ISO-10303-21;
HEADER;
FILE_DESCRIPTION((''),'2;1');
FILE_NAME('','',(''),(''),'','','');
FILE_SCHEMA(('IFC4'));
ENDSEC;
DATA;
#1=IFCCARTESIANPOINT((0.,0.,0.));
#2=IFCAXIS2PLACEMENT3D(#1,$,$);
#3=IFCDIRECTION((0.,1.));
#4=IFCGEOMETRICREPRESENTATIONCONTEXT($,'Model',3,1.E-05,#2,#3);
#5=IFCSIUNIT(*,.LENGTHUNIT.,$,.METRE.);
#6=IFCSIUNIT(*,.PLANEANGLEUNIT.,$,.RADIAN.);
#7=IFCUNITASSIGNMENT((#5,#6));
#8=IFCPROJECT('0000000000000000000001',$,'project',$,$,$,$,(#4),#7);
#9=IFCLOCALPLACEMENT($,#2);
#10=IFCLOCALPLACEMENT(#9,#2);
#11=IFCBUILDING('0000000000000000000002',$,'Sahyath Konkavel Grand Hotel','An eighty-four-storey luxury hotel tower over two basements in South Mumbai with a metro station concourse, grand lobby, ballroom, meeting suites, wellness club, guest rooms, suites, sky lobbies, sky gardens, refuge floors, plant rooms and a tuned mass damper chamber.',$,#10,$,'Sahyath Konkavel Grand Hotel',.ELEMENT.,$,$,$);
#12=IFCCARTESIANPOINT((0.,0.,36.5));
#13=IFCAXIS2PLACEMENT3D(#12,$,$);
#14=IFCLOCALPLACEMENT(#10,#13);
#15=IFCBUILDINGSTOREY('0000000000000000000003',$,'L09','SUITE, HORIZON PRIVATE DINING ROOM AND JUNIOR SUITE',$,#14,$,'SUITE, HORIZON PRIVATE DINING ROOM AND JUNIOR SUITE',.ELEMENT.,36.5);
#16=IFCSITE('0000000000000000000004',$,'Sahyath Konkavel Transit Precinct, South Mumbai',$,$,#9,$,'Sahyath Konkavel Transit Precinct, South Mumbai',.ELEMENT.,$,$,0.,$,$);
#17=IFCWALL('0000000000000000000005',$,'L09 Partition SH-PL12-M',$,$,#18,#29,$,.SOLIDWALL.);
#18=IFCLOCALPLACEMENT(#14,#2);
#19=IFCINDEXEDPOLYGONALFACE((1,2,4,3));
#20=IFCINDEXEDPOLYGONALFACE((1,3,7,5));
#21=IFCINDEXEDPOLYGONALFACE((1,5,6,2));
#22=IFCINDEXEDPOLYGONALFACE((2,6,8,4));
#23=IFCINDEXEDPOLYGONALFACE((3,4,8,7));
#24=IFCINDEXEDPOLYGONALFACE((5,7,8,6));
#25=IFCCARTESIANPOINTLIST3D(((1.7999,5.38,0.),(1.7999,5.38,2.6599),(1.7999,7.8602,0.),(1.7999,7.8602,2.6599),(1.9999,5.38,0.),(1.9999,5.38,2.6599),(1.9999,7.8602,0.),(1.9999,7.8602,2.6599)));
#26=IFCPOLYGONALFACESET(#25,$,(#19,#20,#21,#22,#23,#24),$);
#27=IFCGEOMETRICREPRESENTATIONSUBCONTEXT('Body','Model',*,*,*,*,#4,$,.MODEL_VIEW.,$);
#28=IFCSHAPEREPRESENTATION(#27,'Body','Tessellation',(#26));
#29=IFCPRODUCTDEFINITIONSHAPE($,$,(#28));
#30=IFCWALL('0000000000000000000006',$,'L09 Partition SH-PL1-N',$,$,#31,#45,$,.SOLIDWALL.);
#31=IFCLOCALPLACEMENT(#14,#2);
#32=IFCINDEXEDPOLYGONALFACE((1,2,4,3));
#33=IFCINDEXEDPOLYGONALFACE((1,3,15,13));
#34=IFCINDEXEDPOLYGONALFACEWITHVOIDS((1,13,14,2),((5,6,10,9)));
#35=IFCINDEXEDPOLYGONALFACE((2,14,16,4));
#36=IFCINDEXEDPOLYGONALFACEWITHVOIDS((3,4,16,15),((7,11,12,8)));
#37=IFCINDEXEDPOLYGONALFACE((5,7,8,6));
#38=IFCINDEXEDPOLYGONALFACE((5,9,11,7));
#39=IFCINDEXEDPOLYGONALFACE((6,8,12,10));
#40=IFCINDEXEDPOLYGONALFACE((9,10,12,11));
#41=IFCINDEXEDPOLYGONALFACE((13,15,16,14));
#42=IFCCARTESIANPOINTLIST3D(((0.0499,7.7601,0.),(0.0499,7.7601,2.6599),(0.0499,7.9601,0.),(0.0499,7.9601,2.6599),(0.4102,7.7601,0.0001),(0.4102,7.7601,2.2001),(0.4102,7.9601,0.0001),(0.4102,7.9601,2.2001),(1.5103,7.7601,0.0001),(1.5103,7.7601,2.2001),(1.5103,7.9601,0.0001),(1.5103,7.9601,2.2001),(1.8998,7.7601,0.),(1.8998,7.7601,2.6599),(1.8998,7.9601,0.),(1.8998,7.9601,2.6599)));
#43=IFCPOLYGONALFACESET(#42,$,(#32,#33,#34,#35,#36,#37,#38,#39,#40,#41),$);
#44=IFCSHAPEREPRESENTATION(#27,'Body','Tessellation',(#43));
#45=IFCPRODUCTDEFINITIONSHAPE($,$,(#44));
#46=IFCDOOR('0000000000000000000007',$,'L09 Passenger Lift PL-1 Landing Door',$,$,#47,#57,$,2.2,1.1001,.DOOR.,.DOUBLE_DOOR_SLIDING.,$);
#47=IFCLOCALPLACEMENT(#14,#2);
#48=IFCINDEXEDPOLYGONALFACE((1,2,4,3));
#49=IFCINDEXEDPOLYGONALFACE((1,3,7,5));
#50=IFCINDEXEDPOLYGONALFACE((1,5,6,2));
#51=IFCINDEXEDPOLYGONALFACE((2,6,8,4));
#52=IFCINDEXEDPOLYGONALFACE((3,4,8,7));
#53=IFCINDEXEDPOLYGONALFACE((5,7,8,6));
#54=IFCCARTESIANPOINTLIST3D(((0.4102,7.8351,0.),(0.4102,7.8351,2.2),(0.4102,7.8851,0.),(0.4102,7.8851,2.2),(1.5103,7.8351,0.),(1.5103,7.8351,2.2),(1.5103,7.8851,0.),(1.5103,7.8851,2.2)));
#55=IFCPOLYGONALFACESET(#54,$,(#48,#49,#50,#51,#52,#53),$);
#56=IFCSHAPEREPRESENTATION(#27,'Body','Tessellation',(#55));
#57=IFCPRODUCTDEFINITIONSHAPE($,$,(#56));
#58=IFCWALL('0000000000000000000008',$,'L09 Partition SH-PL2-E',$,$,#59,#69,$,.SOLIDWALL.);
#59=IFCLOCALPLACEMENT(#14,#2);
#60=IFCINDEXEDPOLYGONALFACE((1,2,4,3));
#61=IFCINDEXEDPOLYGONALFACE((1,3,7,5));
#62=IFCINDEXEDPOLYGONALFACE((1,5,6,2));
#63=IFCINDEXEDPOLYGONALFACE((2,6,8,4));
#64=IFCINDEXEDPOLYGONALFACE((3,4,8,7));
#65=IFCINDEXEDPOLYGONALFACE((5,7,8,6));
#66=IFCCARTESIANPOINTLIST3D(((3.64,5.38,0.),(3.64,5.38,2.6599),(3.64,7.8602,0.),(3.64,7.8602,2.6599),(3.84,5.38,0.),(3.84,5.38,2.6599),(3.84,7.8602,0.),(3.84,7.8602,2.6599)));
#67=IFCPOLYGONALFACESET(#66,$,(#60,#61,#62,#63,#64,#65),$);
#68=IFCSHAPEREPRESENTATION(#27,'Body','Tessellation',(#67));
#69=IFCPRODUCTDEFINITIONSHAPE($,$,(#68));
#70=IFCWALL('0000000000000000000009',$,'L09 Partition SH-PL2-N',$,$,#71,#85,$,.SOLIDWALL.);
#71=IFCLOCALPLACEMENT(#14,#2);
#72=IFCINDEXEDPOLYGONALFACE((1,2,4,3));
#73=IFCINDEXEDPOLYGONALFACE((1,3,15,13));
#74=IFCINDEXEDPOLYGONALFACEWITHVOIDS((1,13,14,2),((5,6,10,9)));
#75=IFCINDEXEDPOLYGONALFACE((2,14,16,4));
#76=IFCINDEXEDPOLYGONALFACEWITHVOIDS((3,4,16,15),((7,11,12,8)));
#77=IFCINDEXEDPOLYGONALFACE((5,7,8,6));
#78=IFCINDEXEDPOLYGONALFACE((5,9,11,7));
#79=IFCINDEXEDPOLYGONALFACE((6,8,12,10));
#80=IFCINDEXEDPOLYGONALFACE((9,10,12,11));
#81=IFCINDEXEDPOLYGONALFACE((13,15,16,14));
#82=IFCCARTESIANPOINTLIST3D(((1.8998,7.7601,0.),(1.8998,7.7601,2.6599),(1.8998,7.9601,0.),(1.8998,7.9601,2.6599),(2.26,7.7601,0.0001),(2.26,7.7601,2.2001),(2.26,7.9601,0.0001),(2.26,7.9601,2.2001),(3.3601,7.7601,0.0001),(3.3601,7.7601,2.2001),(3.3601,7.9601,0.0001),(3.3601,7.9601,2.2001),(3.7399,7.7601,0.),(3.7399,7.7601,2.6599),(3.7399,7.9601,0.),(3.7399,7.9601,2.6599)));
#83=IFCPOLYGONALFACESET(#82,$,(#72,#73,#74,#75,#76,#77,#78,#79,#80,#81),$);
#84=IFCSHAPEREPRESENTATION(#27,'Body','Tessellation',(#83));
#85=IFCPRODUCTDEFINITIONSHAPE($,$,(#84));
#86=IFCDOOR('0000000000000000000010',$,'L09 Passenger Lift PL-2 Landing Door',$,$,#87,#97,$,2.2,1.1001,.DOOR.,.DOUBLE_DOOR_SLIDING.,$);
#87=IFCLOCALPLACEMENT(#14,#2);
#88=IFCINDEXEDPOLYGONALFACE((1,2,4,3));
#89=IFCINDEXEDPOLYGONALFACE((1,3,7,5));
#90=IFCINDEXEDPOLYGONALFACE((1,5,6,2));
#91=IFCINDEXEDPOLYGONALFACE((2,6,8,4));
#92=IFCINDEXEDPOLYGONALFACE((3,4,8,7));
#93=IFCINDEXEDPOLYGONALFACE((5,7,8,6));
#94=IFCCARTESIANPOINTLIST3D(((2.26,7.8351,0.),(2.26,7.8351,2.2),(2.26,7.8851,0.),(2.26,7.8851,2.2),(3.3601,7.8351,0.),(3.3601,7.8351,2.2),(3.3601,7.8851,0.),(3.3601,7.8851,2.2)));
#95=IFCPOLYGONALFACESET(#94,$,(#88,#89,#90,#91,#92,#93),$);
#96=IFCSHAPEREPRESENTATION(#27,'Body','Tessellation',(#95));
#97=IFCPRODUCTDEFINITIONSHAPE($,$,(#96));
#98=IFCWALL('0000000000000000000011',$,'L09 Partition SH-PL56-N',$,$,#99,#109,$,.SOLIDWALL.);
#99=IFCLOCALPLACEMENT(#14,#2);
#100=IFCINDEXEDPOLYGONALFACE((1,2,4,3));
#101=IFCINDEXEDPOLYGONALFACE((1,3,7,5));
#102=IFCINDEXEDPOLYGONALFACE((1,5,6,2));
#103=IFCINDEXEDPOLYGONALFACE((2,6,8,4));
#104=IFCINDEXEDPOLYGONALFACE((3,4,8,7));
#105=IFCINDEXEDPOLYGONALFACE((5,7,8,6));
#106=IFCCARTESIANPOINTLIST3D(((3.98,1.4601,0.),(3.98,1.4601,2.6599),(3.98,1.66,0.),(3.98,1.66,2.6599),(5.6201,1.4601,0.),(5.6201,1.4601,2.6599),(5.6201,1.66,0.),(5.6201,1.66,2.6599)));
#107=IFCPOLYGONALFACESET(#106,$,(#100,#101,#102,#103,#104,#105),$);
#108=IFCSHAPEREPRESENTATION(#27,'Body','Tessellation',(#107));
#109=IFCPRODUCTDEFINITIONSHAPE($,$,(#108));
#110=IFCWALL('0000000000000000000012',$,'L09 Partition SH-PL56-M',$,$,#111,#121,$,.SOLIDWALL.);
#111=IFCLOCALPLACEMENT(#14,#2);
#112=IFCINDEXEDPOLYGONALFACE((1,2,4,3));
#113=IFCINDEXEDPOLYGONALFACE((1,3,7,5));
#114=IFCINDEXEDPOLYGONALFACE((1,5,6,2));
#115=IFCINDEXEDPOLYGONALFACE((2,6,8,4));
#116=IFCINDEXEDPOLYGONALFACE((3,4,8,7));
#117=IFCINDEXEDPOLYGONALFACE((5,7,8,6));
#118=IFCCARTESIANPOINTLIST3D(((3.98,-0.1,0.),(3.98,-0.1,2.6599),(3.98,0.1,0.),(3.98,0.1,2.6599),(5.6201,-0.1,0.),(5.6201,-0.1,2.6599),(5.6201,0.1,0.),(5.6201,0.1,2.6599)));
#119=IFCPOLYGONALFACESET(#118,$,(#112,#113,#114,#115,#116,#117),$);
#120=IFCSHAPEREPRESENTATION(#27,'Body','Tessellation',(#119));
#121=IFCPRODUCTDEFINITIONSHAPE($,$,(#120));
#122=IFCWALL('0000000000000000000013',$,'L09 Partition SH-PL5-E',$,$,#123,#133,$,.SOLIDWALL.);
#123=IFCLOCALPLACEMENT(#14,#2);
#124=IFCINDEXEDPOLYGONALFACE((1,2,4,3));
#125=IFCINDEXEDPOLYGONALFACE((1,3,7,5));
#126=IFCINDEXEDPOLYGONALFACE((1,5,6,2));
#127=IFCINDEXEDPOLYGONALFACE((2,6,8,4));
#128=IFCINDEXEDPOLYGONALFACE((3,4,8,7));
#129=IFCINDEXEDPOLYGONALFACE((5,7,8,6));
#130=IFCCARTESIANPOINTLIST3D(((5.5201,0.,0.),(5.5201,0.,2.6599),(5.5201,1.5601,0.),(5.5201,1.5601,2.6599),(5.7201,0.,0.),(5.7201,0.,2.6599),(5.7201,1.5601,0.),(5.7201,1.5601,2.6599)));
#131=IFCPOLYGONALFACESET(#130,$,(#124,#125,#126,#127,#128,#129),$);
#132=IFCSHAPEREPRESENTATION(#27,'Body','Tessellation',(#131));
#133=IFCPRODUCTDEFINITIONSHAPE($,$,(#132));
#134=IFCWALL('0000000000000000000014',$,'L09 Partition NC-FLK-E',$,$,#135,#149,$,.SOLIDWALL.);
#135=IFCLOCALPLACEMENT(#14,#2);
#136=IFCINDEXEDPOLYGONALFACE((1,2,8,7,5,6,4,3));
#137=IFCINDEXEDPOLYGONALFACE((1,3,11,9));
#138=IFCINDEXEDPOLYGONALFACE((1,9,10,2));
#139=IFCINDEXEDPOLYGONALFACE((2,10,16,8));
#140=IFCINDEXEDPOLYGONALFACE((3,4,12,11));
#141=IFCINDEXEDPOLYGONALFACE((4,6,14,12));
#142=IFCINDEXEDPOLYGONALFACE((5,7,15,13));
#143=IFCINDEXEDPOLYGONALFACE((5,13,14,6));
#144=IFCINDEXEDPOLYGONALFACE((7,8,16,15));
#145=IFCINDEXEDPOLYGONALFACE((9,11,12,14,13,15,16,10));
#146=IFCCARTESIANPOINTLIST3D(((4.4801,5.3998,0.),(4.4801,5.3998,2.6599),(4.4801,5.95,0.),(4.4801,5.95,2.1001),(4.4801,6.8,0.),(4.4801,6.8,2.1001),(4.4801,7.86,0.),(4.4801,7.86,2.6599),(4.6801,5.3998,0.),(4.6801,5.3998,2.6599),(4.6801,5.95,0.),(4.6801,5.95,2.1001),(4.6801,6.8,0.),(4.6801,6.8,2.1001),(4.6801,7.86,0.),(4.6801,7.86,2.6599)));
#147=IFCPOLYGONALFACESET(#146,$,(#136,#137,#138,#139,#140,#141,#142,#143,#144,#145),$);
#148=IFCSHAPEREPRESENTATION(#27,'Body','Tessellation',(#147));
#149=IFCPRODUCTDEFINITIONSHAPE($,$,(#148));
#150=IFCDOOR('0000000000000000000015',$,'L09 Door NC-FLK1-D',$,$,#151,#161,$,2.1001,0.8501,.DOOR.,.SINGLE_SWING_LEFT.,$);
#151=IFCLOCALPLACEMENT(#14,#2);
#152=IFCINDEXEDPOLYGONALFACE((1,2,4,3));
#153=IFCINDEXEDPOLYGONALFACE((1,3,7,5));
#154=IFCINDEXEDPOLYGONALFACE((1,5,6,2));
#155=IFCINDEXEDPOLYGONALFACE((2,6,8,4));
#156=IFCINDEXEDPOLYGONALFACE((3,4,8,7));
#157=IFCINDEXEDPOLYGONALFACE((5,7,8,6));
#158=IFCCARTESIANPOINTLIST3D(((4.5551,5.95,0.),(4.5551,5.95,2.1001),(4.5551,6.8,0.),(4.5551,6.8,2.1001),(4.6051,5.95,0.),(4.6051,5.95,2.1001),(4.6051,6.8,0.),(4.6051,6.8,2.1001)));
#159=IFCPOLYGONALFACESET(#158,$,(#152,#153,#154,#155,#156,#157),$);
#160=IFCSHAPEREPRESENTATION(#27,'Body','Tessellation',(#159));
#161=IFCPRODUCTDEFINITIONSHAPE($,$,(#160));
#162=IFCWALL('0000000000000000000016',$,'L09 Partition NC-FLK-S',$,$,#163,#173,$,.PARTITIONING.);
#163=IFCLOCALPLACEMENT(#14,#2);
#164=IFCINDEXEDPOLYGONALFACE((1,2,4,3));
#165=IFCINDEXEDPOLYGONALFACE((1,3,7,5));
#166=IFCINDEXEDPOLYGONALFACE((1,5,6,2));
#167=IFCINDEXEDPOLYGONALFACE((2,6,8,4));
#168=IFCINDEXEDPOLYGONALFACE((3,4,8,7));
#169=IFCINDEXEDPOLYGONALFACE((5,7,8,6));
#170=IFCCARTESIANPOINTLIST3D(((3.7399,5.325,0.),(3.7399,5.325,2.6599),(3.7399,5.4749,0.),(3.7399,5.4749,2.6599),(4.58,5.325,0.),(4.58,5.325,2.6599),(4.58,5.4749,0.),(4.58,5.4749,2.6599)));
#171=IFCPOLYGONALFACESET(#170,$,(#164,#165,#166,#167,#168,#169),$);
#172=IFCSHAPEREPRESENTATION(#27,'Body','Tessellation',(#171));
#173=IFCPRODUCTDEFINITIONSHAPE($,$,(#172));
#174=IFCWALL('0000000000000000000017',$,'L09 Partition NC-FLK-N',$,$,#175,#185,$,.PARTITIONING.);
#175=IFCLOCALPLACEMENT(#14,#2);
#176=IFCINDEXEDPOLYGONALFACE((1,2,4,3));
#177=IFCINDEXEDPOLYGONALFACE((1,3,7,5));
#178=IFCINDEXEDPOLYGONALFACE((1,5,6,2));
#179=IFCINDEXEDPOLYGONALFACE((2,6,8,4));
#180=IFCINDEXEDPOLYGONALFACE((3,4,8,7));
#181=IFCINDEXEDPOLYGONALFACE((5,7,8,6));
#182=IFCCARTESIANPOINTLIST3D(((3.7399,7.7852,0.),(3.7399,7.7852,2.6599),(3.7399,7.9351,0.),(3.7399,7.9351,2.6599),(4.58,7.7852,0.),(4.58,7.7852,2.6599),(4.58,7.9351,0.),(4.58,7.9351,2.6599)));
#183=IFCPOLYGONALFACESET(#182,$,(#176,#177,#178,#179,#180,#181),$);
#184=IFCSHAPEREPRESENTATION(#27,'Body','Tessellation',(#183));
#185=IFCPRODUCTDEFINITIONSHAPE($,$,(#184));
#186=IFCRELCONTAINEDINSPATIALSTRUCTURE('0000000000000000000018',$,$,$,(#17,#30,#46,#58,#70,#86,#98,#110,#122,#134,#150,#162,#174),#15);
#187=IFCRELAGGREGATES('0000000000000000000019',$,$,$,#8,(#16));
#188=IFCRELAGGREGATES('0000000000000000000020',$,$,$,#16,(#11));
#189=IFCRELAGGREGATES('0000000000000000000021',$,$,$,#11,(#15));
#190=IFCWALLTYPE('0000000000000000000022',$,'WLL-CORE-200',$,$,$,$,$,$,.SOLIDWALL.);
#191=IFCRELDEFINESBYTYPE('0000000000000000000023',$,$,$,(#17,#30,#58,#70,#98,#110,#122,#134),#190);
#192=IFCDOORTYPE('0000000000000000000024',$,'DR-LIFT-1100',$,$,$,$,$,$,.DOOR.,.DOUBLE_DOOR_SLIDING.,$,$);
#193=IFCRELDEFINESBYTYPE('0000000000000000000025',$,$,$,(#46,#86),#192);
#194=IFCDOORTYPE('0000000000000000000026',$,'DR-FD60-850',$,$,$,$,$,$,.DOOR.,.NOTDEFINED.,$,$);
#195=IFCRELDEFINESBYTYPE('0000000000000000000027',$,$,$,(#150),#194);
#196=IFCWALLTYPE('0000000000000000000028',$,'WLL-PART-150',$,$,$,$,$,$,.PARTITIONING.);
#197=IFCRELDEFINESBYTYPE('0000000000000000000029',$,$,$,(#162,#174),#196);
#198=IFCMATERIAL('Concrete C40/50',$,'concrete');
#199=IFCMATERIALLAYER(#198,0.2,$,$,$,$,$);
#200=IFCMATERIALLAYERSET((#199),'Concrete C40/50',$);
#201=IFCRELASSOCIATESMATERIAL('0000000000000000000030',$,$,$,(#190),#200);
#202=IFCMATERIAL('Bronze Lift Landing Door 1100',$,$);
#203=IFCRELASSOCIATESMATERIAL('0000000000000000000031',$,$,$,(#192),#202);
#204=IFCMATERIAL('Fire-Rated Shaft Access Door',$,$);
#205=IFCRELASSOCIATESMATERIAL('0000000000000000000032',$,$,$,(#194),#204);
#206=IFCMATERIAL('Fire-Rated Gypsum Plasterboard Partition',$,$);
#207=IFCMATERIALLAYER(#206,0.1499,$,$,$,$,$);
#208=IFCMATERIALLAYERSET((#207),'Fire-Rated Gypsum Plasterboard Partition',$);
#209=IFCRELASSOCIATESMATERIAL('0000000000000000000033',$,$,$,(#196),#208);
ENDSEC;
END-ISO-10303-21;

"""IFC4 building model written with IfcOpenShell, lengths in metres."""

from ifc_helpers import new_model, si_unit, direction, frame, frame_2d, origin, origin_2d, place, context, subcontext, project, spatial, rectangle, extrude, source, transform, mapped, material, layer, layer_set, type_object, element, fill, save


model = new_model("IFC4")

# Units and contexts
model_context = context("Model", 3, precision=1e-05, world=origin(), true_north=direction((0.0, 1.0)))
body_context = subcontext(model_context, "Body", "Model", "MODEL_VIEW")
ifc_project = project(units=[si_unit("LENGTHUNIT", "METRE"), si_unit("PLANEANGLEUNIT", "RADIAN")], contexts=[model_context])

# Site, building, storey
site_placement = place(None, origin())
site = spatial("IfcSite", under=ifc_project, at=site_placement, Name="Sahyath Konkavel Transit Precinct, South Mumbai", LongName="Sahyath Konkavel Transit Precinct, South Mumbai", CompositionType="ELEMENT", RefElevation=0.0)
building_placement = place(site_placement, origin())
building = spatial("IfcBuilding", under=site, at=building_placement, Name="Sahyath Konkavel Grand Hotel", Description="An eighty-four-storey luxury hotel tower over two basements in South Mumbai with a metro station concourse, grand lobby, ballroom, meeting suites, wellness club, guest rooms, suites, sky lobbies, sky gardens, refuge floors, plant rooms and a tuned mass damper chamber.", LongName="Sahyath Konkavel Grand Hotel", CompositionType="ELEMENT")
storey_placement = place(building_placement, frame((0.0, 0.0, 36.5)))
storey = spatial("IfcBuildingStorey", under=building, at=storey_placement, Name="L09", Description="SUITE, HORIZON PRIVATE DINING ROOM AND JUNIOR SUITE", LongName="SUITE, HORIZON PRIVATE DINING ROOM AND JUNIOR SUITE", CompositionType="ELEMENT", Elevation=36.5)

# Shared definitions
ifc_material_1 = material(Name="Concrete C40/50", Category="concrete")

# Shared definitions
ifc_layer_1 = layer(ifc_material_1, 0.2)
ifc_layer_set_1 = layer_set([ifc_layer_1], Name="Concrete C40/50")
wall_type_1 = type_object("IfcWallType", Name="WLL-CORE-200", PredefinedType="SOLIDWALL", material=ifc_layer_set_1)

# Shared definitions
ifc_material_2 = material(Name="Bronze Lift Landing Door 1100")
door_type_1 = type_object("IfcDoorType", Name="DR-LIFT-1100", OperationType="DOUBLE_DOOR_SLIDING", PredefinedType="DOOR", material=ifc_material_2)
shared_shape_1 = source(origin(), body_context, "Body", "SweptSolid", [
    extrude(rectangle(XDim=1.1001, YDim=0.05, at=origin_2d()), origin(), (0.0, 0.0, 1.0), 2.2),
])

# Wall
wall_1_placement = place(storey_placement, frame((1.8999, 5.3799, 0.0), z_axis=(0.0, 0.0, 1.0), x_axis=(0.0, 1.0, 0.0)))
element("IfcWall", 1, at=wall_1_placement, inside=storey, type_object=wall_type_1, Name="L09 Partition SH-PL12-M", PredefinedType="SOLIDWALL", context=body_context, shape_type="SweptSolid", body=[
    extrude(rectangle(XDim=2.4802, YDim=0.2, at=frame_2d((1.2402, 0.0))), origin(), (0.0, 0.0, 1.0), 2.6599),
])

# Wall, opening, door
wall_2_placement = place(storey_placement, frame((0.05, 7.8601, 0.0), z_axis=(0.0, 0.0, 1.0), x_axis=(1.0, 0.0, 0.0)))
wall_2 = element("IfcWall", 2, at=wall_2_placement, inside=storey, type_object=wall_type_1, Name="L09 Partition SH-PL1-N", PredefinedType="SOLIDWALL", context=body_context, shape_type="SweptSolid", body=[
    extrude(rectangle(XDim=1.8499, YDim=0.2, at=frame_2d((0.9248, 0.0))), origin(), (0.0, 0.0, 1.0), 2.6599),
])
opening_1_placement = place(wall_2_placement, frame((0.3601, 0.0, 0.0)))
opening_1 = element("IfcOpeningElement", 3, at=opening_1_placement, cuts=wall_2, PredefinedType="OPENING", context=body_context, shape_type="SweptSolid", body=[
    extrude(rectangle(XDim=1.1001, YDim=2.2, at=frame_2d((0.55, 1.1001))), frame((0.0, 0.1099, 0.0), z_axis=(0.0, -1.0, 0.0), x_axis=(1.0, 0.0, 0.0)), (0.0, 0.0, 1.0), 0.22),
])
door_1_placement = place(opening_1_placement, frame((0.55, 0.0, 0.0)))
door_1 = element("IfcDoor", 4, at=door_1_placement, inside=storey, type_object=door_type_1, Name="L09 Passenger Lift PL-1 Landing Door", OperationType="DOUBLE_DOOR_SLIDING", OverallHeight=2.2, OverallWidth=1.1001, PredefinedType="DOOR", context=body_context, shape_type="MappedRepresentation", body=[
    mapped(shared_shape_1, transform((0.0, 0.0, 0.0), scale=1.0)),
])
fill(opening_1, door_1)

# Wall
wall_3_placement = place(storey_placement, frame((3.74, 5.3799, 0.0), z_axis=(0.0, 0.0, 1.0), x_axis=(0.0, 1.0, 0.0)))
element("IfcWall", 5, at=wall_3_placement, inside=storey, type_object=wall_type_1, Name="L09 Partition SH-PL2-E", PredefinedType="SOLIDWALL", context=body_context, shape_type="SweptSolid", body=[
    extrude(rectangle(XDim=2.4802, YDim=0.2, at=frame_2d((1.2402, 0.0))), origin(), (0.0, 0.0, 1.0), 2.6599),
])

# Wall, opening, door
wall_4_placement = place(storey_placement, frame((1.8999, 7.8601, 0.0), z_axis=(0.0, 0.0, 1.0), x_axis=(1.0, 0.0, 0.0)))
wall_4 = element("IfcWall", 6, at=wall_4_placement, inside=storey, type_object=wall_type_1, Name="L09 Partition SH-PL2-N", PredefinedType="SOLIDWALL", context=body_context, shape_type="SweptSolid", body=[
    extrude(rectangle(XDim=1.8401, YDim=0.2, at=frame_2d((0.9199, 0.0))), origin(), (0.0, 0.0, 1.0), 2.6599),
])
opening_2_placement = place(wall_4_placement, frame((0.3601, 0.0, 0.0)))
opening_2 = element("IfcOpeningElement", 7, at=opening_2_placement, cuts=wall_4, PredefinedType="OPENING", context=body_context, shape_type="SweptSolid", body=[
    extrude(rectangle(XDim=1.1001, YDim=2.2, at=frame_2d((0.55, 1.1001))), frame((0.0, 0.1099, 0.0), z_axis=(0.0, -1.0, 0.0), x_axis=(1.0, 0.0, 0.0)), (0.0, 0.0, 1.0), 0.22),
])
door_2_placement = place(opening_2_placement, frame((0.55, 0.0, 0.0)))
door_2 = element("IfcDoor", 8, at=door_2_placement, inside=storey, type_object=door_type_1, Name="L09 Passenger Lift PL-2 Landing Door", OperationType="DOUBLE_DOOR_SLIDING", OverallHeight=2.2, OverallWidth=1.1001, PredefinedType="DOOR", context=body_context, shape_type="MappedRepresentation", body=[
    mapped(shared_shape_1, transform((0.0, 0.0, 0.0), scale=1.0)),
])
fill(opening_2, door_2)

# Walls
for number, where, z_axis, x_axis, name in (
    (9, (3.98, 1.5601, 0.0), (0.0, 0.0, 1.0), (1.0, 0.0, 0.0), "L09 Partition SH-PL56-N"),
    (10, (3.98, 0.0, 0.0), (0.0, 0.0, 1.0), (1.0, 0.0, 0.0), "L09 Partition SH-PL56-M"),
):
    element("IfcWall", number, at=place(storey_placement, frame(where, z_axis=z_axis, x_axis=x_axis)), inside=storey, type_object=wall_type_1, Name=name, PredefinedType="SOLIDWALL", context=body_context, shape_type="SweptSolid", body=[
        extrude(rectangle(XDim=1.6401, YDim=0.2, at=frame_2d((0.8201, 0.0))), origin(), (0.0, 0.0, 1.0), 2.6599),
    ])
wall_5_placement = place(storey_placement, frame((5.6201, 0.0, 0.0), z_axis=(0.0, 0.0, 1.0), x_axis=(0.0, 1.0, 0.0)))
element("IfcWall", 11, at=wall_5_placement, inside=storey, type_object=wall_type_1, Name="L09 Partition SH-PL5-E", PredefinedType="SOLIDWALL", context=body_context, shape_type="SweptSolid", body=[
    extrude(rectangle(XDim=1.5601, YDim=0.2, at=frame_2d((0.78, 0.0))), origin(), (0.0, 0.0, 1.0), 2.6599),
])

# Wall, opening, door
wall_6_placement = place(storey_placement, frame((4.5801, 5.3999, 0.0), z_axis=(0.0, 0.0, 1.0), x_axis=(0.0, 1.0, 0.0)))
wall_6 = element("IfcWall", 12, at=wall_6_placement, inside=storey, type_object=wall_type_1, Name="L09 Partition NC-FLK-E", PredefinedType="SOLIDWALL", context=body_context, shape_type="SweptSolid", body=[
    extrude(rectangle(XDim=2.4602, YDim=0.2, at=frame_2d((1.23, 0.0))), origin(), (0.0, 0.0, 1.0), 2.6599),
])
opening_3_placement = place(wall_6_placement, frame((0.55, 0.0, 0.0)))
opening_3 = element("IfcOpeningElement", 13, at=opening_3_placement, cuts=wall_6, PredefinedType="OPENING", context=body_context, shape_type="SweptSolid", body=[
    extrude(rectangle(XDim=0.8501, YDim=2.1001, at=frame_2d((0.425, 1.05))), frame((0.0, 0.1099, 0.0), z_axis=(0.0, -1.0, 0.0), x_axis=(1.0, 0.0, 0.0)), (0.0, 0.0, 1.0), 0.22),
])
ifc_material_3 = material(Name="Fire-Rated Shaft Access Door")
door_type_2 = type_object("IfcDoorType", Name="DR-FD60-850", OperationType="NOTDEFINED", PredefinedType="DOOR", material=ifc_material_3)
shared_shape_2 = source(origin(), body_context, "Body", "SweptSolid", [
    extrude(rectangle(XDim=0.8501, YDim=0.05, at=origin_2d()), origin(), (0.0, 0.0, 1.0), 2.1001),
])
door_3_placement = place(opening_3_placement, frame((0.425, 0.0, 0.0)))
door_3 = element("IfcDoor", 14, at=door_3_placement, inside=storey, type_object=door_type_2, Name="L09 Door NC-FLK1-D", OperationType="SINGLE_SWING_LEFT", OverallHeight=2.1001, OverallWidth=0.8501, PredefinedType="DOOR", context=body_context, shape_type="MappedRepresentation", body=[
    mapped(shared_shape_2, transform((0.0, 0.0, 0.0), scale=1.0)),
])
fill(opening_3, door_3)

# Walls
ifc_material_4 = material(Name="Fire-Rated Gypsum Plasterboard Partition")
ifc_layer_2 = layer(ifc_material_4, 0.1499)
ifc_layer_set_2 = layer_set([ifc_layer_2], Name="Fire-Rated Gypsum Plasterboard Partition")
wall_type_2 = type_object("IfcWallType", Name="WLL-PART-150", PredefinedType="PARTITIONING", material=ifc_layer_set_2)
for number, where, z_axis, x_axis, name in (
    (15, (3.74, 5.3999, 0.0), (0.0, 0.0, 1.0), (1.0, 0.0, 0.0), "L09 Partition NC-FLK-S"),
    (16, (3.74, 7.8601, 0.0), (0.0, 0.0, 1.0), (1.0, 0.0, 0.0), "L09 Partition NC-FLK-N"),
):
    element("IfcWall", number, at=place(storey_placement, frame(where, z_axis=z_axis, x_axis=x_axis)), inside=storey, type_object=wall_type_2, Name=name, PredefinedType="PARTITIONING", context=body_context, shape_type="SweptSolid", body=[
        extrude(rectangle(XDim=0.8401, YDim=0.1499, at=frame_2d((0.4199, 0.0))), origin(), (0.0, 0.0, 1.0), 2.6599),
    ])

save(model, "model.ifc")
